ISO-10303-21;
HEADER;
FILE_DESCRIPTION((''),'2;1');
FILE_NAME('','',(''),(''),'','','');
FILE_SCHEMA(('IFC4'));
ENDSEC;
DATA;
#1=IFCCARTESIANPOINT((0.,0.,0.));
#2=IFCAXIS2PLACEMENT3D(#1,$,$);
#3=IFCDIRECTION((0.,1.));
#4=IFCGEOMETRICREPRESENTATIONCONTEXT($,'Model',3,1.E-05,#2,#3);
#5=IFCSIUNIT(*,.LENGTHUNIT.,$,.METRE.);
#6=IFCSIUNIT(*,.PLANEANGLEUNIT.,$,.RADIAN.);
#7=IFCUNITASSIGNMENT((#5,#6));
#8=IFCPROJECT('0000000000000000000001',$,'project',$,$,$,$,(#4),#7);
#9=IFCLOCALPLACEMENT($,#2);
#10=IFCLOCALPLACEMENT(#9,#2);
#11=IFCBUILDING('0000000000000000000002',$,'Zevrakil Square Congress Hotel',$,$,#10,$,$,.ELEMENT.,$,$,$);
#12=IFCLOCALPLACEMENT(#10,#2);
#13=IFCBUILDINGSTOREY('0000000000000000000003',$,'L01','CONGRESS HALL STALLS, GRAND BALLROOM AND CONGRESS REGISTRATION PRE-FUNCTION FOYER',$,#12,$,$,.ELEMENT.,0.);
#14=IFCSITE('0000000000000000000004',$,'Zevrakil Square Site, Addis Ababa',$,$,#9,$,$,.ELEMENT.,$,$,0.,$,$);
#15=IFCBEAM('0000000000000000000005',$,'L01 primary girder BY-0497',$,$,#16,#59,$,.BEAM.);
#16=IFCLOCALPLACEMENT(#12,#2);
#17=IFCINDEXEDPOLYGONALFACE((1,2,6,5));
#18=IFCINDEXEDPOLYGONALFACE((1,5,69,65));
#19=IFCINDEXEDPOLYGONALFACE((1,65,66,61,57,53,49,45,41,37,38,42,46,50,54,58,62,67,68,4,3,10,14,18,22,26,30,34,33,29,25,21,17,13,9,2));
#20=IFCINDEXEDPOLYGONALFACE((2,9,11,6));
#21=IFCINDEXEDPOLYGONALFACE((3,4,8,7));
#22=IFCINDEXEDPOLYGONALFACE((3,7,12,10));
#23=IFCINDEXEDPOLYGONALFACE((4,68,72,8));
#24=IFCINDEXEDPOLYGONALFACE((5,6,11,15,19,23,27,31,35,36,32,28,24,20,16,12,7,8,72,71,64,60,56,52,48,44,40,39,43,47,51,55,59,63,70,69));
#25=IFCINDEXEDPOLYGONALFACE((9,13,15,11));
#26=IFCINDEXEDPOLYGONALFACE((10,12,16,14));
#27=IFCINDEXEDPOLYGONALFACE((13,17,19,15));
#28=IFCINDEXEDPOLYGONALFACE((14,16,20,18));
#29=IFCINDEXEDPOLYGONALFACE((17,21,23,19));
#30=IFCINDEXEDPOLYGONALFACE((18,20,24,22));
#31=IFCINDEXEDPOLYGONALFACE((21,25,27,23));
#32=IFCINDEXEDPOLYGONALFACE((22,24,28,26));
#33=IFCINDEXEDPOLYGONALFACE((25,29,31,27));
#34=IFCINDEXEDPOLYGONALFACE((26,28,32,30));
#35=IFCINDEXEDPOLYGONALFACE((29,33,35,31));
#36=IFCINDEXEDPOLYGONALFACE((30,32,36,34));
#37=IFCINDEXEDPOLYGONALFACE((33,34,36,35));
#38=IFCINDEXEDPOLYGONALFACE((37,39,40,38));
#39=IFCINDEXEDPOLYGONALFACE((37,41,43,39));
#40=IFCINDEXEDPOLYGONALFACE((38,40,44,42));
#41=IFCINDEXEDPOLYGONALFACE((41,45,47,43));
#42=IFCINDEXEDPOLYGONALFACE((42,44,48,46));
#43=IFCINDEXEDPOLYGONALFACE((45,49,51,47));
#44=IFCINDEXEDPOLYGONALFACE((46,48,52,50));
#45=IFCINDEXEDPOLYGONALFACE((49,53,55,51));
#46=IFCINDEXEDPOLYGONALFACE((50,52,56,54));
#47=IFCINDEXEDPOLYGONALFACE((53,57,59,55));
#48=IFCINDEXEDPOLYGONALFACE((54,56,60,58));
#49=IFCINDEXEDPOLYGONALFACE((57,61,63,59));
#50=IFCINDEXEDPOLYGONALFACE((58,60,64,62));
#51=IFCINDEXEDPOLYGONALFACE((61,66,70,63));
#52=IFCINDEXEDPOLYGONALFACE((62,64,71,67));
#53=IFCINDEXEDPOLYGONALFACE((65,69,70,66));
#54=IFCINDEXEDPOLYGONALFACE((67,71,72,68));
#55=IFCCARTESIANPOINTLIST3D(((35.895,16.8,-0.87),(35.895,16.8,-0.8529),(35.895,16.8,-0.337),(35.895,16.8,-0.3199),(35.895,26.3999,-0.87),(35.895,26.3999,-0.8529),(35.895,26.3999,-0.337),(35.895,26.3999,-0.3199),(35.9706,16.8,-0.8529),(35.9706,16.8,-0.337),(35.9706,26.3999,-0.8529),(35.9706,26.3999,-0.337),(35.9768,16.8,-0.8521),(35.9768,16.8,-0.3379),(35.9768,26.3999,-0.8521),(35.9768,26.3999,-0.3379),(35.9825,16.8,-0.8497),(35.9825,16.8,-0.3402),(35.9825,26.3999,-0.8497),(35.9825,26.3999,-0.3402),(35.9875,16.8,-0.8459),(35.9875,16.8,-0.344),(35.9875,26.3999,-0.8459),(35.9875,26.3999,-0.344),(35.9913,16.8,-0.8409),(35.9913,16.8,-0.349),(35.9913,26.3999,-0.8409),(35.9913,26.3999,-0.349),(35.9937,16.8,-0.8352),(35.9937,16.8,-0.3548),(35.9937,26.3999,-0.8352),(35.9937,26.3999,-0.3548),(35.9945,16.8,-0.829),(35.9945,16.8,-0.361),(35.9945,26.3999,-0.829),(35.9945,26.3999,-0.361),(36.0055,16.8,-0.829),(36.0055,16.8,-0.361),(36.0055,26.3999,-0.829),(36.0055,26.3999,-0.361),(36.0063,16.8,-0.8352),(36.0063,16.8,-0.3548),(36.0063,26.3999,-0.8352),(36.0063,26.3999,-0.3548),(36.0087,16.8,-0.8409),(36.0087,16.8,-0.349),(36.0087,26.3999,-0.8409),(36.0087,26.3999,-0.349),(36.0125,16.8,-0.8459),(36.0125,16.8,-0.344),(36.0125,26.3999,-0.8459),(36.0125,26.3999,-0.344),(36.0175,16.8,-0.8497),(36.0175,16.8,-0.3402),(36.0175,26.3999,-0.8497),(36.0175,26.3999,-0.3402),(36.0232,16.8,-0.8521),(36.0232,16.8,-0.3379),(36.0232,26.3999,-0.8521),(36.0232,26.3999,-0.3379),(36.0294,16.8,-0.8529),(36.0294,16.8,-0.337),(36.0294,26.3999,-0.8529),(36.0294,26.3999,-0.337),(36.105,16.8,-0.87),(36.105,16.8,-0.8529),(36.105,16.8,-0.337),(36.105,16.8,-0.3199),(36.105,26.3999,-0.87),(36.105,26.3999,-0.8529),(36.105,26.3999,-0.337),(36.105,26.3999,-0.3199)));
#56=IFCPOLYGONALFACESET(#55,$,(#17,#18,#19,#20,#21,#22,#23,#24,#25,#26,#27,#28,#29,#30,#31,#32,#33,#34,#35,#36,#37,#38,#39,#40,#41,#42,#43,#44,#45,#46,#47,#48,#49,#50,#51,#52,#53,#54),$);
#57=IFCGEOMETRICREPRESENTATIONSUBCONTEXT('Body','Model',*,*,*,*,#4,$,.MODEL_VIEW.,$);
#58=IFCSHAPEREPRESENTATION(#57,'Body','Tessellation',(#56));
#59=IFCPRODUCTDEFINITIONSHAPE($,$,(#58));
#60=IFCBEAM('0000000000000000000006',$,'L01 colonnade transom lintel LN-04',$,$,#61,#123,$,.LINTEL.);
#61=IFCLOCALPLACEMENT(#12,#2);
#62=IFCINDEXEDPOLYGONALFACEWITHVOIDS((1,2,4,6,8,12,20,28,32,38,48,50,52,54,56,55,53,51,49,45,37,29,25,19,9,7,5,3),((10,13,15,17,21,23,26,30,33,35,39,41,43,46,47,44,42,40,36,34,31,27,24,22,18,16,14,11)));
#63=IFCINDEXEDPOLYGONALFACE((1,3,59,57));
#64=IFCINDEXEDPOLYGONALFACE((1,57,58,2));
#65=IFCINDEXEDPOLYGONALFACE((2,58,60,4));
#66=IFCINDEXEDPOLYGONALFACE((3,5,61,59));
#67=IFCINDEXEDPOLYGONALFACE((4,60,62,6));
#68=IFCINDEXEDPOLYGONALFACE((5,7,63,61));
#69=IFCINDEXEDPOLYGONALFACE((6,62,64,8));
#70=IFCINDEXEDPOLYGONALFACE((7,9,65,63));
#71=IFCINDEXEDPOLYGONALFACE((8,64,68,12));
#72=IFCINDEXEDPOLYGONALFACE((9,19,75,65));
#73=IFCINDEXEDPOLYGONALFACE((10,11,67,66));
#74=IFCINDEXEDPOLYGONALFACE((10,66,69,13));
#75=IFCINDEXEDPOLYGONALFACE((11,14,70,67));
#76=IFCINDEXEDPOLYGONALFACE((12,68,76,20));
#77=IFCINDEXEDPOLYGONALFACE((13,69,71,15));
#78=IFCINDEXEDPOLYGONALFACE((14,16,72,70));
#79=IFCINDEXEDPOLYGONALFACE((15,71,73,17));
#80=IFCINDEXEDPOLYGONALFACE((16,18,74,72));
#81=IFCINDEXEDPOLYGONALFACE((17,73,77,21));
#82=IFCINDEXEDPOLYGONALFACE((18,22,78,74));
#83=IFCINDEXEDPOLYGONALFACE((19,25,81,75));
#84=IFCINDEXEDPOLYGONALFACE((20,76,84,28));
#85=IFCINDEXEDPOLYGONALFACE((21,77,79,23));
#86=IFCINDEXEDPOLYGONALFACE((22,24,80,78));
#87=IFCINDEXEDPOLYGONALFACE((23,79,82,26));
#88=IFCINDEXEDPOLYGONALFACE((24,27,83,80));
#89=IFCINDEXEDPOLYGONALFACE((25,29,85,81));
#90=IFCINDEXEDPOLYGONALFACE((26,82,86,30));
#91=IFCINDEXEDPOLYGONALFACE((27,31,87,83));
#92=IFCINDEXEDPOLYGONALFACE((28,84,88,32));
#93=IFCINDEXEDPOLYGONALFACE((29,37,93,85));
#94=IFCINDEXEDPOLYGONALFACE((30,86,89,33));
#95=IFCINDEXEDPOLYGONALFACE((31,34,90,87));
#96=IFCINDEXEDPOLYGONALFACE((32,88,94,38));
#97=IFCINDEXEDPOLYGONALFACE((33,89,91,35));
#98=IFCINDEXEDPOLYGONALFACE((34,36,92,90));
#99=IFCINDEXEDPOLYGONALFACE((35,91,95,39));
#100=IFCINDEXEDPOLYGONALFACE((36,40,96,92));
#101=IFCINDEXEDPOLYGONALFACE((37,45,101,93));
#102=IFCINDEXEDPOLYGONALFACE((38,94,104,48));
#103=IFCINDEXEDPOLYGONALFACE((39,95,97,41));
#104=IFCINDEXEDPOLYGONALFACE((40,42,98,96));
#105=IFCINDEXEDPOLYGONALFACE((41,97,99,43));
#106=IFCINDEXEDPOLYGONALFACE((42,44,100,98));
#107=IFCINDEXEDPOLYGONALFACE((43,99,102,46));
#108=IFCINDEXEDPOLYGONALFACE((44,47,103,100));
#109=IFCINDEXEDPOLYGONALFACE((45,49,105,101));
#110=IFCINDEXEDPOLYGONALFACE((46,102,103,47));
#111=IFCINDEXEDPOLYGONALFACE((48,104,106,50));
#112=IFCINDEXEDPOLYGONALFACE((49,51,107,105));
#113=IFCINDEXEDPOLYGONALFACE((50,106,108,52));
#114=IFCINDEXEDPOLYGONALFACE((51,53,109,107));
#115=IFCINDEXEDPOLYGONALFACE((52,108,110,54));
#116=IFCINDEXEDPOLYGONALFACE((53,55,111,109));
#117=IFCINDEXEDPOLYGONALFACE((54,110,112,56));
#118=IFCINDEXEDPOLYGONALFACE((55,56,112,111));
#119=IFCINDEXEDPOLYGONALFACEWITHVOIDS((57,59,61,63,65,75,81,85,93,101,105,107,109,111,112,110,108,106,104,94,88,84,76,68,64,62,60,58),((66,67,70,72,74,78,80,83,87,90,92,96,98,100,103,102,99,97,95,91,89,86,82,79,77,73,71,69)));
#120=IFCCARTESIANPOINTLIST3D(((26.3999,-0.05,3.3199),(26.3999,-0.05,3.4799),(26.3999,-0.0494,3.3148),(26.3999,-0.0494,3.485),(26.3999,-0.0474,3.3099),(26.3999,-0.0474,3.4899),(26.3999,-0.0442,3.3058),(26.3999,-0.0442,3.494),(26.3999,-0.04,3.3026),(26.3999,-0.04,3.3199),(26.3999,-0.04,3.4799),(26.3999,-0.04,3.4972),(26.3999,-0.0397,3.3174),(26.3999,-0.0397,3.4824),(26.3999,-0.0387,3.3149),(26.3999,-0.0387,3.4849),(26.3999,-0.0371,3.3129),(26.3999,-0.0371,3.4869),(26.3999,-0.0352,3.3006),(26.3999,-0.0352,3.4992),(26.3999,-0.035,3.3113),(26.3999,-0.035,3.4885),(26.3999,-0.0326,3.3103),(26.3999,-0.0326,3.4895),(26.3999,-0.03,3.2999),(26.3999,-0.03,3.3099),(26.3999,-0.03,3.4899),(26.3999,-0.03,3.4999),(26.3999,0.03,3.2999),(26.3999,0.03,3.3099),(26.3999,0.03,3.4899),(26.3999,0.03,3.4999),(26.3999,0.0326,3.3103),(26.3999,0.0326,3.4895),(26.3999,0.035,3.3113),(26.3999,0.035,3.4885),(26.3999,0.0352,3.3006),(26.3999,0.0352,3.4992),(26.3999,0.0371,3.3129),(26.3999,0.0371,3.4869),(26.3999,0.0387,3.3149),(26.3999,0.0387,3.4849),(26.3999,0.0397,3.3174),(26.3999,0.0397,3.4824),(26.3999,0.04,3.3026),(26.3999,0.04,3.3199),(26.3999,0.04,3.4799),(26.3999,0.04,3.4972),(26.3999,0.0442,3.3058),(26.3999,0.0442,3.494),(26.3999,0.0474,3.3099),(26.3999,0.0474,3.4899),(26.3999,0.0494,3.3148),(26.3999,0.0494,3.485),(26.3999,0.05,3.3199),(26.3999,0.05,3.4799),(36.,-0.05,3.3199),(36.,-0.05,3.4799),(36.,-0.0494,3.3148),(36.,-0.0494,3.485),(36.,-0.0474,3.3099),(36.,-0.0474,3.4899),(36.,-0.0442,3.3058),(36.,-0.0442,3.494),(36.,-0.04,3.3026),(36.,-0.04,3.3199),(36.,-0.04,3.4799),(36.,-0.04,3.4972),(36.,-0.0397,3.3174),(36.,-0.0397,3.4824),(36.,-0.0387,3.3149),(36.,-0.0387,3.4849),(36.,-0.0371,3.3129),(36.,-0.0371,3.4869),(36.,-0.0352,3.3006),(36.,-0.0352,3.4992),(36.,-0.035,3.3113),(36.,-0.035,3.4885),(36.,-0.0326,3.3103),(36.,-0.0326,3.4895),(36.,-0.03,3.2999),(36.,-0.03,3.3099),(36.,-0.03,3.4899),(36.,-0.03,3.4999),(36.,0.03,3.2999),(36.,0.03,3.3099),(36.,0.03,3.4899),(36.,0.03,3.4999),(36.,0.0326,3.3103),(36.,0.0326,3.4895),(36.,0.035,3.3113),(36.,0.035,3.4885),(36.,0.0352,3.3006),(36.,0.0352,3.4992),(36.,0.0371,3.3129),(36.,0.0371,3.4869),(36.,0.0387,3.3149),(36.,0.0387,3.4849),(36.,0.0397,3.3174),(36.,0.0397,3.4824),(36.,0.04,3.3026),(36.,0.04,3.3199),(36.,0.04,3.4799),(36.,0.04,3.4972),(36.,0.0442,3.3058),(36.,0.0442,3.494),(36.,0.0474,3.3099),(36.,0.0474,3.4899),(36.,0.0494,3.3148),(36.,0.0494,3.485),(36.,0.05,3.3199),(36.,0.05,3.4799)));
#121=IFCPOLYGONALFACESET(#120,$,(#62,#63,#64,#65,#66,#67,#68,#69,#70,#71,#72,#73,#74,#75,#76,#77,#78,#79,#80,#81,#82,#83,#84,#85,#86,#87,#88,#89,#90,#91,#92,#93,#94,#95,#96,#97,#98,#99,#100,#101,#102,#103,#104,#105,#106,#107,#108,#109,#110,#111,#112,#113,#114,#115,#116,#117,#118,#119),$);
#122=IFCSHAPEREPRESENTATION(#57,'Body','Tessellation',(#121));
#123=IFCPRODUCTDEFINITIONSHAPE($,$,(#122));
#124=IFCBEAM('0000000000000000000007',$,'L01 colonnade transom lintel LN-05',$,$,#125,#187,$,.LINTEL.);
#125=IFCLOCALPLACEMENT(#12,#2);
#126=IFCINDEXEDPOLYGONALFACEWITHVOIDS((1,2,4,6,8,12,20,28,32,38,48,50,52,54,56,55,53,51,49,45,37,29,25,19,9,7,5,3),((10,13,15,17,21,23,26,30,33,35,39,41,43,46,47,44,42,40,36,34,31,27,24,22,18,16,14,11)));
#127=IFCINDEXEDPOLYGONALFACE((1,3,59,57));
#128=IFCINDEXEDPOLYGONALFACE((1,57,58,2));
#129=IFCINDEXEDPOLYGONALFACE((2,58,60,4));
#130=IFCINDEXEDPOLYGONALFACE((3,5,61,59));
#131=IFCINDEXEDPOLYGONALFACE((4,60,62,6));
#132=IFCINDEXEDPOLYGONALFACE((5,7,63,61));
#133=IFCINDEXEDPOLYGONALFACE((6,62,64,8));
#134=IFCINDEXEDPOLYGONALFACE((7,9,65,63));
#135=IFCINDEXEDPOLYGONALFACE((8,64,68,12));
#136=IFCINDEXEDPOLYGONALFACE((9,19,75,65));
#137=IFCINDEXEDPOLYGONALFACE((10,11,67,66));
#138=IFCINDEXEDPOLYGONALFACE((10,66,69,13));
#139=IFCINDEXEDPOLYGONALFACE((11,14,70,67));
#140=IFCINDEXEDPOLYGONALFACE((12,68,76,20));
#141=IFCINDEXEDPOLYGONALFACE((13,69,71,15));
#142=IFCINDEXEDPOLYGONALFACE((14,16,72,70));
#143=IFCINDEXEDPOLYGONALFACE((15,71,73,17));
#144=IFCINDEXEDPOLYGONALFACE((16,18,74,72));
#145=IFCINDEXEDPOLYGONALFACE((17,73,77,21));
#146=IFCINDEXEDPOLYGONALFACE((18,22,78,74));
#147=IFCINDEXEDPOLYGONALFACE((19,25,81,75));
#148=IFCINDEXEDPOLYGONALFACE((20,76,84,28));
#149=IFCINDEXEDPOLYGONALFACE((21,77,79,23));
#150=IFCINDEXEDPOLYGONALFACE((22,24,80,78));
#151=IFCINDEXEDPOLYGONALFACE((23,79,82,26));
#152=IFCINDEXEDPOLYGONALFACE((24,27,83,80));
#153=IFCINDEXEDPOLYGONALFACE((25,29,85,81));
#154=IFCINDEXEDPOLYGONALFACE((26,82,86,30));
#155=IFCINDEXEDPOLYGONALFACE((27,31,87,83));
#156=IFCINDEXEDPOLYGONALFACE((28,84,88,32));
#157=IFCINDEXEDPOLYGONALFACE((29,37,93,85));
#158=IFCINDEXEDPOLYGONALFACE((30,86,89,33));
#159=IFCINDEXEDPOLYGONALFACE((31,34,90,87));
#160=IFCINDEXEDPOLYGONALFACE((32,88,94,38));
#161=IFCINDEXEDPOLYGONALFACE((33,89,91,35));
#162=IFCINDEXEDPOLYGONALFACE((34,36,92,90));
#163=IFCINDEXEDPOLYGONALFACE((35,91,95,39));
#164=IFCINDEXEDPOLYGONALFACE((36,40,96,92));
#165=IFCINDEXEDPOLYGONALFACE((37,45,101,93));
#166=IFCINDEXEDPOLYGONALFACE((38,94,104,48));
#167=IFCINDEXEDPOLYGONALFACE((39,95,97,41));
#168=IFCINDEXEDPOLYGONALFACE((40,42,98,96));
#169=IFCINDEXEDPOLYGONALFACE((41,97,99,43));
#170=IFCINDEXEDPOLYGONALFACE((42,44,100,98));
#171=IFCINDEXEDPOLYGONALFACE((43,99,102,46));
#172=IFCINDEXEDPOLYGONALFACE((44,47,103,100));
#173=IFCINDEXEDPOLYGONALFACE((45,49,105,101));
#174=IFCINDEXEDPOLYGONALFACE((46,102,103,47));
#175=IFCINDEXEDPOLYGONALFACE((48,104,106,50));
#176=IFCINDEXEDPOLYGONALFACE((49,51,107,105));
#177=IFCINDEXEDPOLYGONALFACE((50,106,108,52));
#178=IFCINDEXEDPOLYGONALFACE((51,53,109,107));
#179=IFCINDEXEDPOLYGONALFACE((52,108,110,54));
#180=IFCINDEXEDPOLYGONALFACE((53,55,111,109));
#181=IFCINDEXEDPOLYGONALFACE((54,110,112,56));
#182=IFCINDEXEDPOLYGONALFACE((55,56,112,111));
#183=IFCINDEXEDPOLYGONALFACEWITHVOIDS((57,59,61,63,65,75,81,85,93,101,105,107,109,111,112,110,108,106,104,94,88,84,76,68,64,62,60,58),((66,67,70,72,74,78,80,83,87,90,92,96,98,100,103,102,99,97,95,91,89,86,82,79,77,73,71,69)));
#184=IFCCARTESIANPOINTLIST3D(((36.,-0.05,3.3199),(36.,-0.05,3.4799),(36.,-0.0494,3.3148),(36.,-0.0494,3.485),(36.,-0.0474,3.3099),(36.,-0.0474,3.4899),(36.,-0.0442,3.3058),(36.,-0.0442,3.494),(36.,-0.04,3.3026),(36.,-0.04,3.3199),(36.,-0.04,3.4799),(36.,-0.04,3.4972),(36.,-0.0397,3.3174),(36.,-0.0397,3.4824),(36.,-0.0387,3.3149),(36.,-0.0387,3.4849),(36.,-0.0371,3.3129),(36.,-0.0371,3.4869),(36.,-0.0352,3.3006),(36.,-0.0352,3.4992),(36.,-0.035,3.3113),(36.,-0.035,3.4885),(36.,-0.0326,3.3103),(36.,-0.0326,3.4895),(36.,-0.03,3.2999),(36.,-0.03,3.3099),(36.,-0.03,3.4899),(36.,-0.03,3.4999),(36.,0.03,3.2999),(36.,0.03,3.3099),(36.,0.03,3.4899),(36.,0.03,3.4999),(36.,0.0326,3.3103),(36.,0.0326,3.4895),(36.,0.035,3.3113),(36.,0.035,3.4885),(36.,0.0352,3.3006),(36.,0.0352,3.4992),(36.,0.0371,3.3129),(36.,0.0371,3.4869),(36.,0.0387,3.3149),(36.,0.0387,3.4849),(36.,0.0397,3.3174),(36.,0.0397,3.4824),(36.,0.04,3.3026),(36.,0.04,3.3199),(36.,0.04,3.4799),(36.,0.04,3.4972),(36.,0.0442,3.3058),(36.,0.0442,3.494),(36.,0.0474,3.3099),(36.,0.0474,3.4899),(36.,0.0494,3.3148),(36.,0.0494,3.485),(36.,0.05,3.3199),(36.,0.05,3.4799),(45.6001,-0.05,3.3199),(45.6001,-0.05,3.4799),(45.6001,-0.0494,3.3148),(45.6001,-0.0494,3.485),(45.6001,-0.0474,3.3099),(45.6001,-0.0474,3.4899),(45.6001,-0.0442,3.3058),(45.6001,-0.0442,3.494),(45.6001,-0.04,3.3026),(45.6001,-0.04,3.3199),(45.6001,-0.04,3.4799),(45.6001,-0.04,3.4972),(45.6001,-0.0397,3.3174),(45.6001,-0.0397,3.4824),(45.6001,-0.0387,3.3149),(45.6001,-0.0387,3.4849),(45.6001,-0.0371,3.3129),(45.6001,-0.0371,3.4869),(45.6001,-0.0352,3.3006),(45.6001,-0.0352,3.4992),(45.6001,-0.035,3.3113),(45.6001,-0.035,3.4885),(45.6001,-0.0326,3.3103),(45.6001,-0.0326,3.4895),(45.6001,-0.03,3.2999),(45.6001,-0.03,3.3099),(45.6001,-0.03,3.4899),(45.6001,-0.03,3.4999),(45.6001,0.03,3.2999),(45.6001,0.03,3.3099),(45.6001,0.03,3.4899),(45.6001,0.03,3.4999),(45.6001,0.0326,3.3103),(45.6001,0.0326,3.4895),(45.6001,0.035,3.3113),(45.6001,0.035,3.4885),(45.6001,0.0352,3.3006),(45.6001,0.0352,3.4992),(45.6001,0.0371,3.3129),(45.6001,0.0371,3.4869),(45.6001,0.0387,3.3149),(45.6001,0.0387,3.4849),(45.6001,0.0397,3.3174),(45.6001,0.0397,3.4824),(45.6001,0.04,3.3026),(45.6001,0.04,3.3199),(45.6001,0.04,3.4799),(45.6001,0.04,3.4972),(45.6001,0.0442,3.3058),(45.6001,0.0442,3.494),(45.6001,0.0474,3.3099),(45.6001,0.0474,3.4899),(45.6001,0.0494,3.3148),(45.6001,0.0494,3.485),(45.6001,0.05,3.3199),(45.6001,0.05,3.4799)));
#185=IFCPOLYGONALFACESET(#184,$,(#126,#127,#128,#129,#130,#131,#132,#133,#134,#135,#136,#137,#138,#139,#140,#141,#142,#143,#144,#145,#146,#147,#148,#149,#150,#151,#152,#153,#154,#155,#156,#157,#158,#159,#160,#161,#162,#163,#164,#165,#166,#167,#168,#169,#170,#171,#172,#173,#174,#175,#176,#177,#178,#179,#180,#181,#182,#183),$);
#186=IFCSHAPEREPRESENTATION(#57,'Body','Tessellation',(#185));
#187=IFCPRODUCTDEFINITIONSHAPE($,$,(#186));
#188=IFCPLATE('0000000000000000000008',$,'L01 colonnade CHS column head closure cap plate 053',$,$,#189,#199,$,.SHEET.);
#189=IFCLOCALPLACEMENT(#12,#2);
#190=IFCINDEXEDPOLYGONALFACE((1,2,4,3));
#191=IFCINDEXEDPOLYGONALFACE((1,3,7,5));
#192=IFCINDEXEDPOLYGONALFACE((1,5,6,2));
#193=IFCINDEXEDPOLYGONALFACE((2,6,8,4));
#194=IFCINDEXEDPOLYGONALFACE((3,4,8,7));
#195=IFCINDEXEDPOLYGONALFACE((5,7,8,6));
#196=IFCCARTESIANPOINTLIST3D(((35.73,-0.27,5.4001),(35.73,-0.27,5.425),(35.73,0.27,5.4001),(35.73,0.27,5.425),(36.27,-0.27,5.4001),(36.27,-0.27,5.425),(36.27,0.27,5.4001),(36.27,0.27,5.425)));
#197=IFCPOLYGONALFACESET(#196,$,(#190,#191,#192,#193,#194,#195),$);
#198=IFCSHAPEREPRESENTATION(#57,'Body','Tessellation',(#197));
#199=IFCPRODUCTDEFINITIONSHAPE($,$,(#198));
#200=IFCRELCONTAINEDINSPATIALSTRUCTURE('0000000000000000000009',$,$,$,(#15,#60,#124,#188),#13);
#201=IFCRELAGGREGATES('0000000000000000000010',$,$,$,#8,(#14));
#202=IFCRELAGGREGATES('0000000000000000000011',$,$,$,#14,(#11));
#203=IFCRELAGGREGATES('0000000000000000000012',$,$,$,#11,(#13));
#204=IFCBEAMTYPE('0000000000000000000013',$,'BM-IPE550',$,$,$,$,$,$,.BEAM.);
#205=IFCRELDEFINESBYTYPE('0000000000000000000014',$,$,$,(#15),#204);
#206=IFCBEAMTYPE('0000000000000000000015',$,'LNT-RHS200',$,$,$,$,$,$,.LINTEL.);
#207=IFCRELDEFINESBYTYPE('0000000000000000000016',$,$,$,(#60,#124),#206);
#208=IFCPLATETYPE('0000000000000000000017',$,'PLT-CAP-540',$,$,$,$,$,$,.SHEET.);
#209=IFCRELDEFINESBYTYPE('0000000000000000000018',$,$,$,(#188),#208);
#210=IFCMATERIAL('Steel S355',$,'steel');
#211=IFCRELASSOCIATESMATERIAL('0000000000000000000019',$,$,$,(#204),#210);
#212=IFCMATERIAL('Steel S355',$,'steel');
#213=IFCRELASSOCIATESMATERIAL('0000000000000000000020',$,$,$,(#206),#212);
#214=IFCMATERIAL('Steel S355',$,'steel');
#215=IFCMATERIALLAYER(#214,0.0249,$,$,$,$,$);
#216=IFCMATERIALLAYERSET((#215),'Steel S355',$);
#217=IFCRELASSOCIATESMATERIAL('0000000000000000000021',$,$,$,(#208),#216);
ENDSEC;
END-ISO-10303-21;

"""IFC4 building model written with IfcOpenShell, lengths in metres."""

from ifc_helpers import new_model, si_unit, direction, frame, origin, origin_2d, place, context, subcontext, project, spatial, rectangle, hollow_rectangle, i_section, extrude, material, layer, layer_set, material_profile, profile_set, type_object, element, save


model = new_model("IFC4")

# Units and contexts
model_context = context("Model", 3, precision=1e-05, world=origin(), true_north=direction((0.0, 1.0)))
body_context = subcontext(model_context, "Body", "Model", "MODEL_VIEW")
ifc_project = project(units=[si_unit("LENGTHUNIT", "METRE"), si_unit("PLANEANGLEUNIT", "RADIAN")], contexts=[model_context])

# Site, building, storey
site_placement = place(None, origin())
site = spatial("IfcSite", under=ifc_project, at=site_placement, Name="Zevrakil Square Site, Addis Ababa", CompositionType="ELEMENT", RefElevation=0.0)
building_placement = place(site_placement, origin())
building = spatial("IfcBuilding", under=site, at=building_placement, Name="Zevrakil Square Congress Hotel", CompositionType="ELEMENT")
storey_placement = place(building_placement, origin())
storey = spatial("IfcBuildingStorey", under=building, at=storey_placement, Name="L01", Description="CONGRESS HALL STALLS, GRAND BALLROOM AND CONGRESS REGISTRATION PRE-FUNCTION FOYER", CompositionType="ELEMENT", Elevation=0.0)

# Beams
ifc_material_1 = material(Name="Steel S355", Category="steel")
ifc_material_profile_1 = material_profile(ifc_material_1, i_section(OverallWidth=0.21, OverallDepth=0.55, WebThickness=0.011, FlangeThickness=0.0171, FilletRadius=0.0239, at=origin_2d()), Name="IPE 550")
ifc_profile_set_1 = profile_set([ifc_material_profile_1], Name="Steel S355")
beam_type_1 = type_object("IfcBeamType", Name="BM-IPE550", PredefinedType="BEAM", material=ifc_profile_set_1)
beam_1_placement = place(storey_placement, frame((36.0, 16.8, -0.595), z_axis=(0.0, 1.0, 0.0), x_axis=(-1.0, 0.0, 0.0)))
element("IfcBeam", 1, at=beam_1_placement, inside=storey, type_object=beam_type_1, Name="L01 primary girder BY-0497", PredefinedType="BEAM", context=body_context, shape_type="SweptSolid", body=[
    extrude(i_section(OverallWidth=0.21, OverallDepth=0.55, WebThickness=0.011, FlangeThickness=0.0171, FilletRadius=0.0239, at=origin_2d()), origin(), (0.0, 0.0, 1.0), 9.5999),
])
ifc_material_2 = material(Name="Steel S355", Category="steel")
ifc_material_profile_2 = material_profile(ifc_material_2, hollow_rectangle(XDim=0.1001, YDim=0.2, WallThickness=0.01, InnerFilletRadius=0.01, OuterFilletRadius=0.02, at=origin_2d()), Name="RHS 200x100x10")
ifc_profile_set_2 = profile_set([ifc_material_profile_2], Name="Steel S355")
beam_type_2 = type_object("IfcBeamType", Name="LNT-RHS200", PredefinedType="LINTEL", material=ifc_profile_set_2)
for number, where, z_axis, x_axis, name in (
    (2, (26.3999, 0.0, 3.3999), (1.0, 0.0, 0.0), (0.0, 1.0, 0.0), "L01 colonnade transom lintel LN-04"),
    (3, (36.0, 0.0, 3.3999), (1.0, 0.0, 0.0), (0.0, 1.0, 0.0), "L01 colonnade transom lintel LN-05"),
):
    element("IfcBeam", number, at=place(storey_placement, frame(where, z_axis=z_axis, x_axis=x_axis)), inside=storey, type_object=beam_type_2, Name=name, PredefinedType="LINTEL", context=body_context, shape_type="SweptSolid", body=[
        extrude(hollow_rectangle(XDim=0.1001, YDim=0.2, WallThickness=0.01, InnerFilletRadius=0.01, OuterFilletRadius=0.02, at=origin_2d()), origin(), (0.0, 0.0, 1.0), 9.6001),
    ])

# Plate
ifc_material_3 = material(Name="Steel S355", Category="steel")
ifc_layer_1 = layer(ifc_material_3, 0.0249)
ifc_layer_set_1 = layer_set([ifc_layer_1], Name="Steel S355")
plate_type_1 = type_object("IfcPlateType", Name="PLT-CAP-540", PredefinedType="SHEET", material=ifc_layer_set_1)
plate_1_placement = place(storey_placement, frame((36.0, 0.0, 5.4001), z_axis=(0.0, 0.0, 1.0), x_axis=(1.0, 0.0, 0.0)))
element("IfcPlate", 4, at=plate_1_placement, inside=storey, type_object=plate_type_1, Name="L01 colonnade CHS column head closure cap plate 053", PredefinedType="SHEET", context=body_context, shape_type="SweptSolid", body=[
    extrude(rectangle(XDim=0.54, YDim=0.54, at=origin_2d()), origin(), (0.0, 0.0, 1.0), 0.0249),
])

save(model, "model.ifc")
